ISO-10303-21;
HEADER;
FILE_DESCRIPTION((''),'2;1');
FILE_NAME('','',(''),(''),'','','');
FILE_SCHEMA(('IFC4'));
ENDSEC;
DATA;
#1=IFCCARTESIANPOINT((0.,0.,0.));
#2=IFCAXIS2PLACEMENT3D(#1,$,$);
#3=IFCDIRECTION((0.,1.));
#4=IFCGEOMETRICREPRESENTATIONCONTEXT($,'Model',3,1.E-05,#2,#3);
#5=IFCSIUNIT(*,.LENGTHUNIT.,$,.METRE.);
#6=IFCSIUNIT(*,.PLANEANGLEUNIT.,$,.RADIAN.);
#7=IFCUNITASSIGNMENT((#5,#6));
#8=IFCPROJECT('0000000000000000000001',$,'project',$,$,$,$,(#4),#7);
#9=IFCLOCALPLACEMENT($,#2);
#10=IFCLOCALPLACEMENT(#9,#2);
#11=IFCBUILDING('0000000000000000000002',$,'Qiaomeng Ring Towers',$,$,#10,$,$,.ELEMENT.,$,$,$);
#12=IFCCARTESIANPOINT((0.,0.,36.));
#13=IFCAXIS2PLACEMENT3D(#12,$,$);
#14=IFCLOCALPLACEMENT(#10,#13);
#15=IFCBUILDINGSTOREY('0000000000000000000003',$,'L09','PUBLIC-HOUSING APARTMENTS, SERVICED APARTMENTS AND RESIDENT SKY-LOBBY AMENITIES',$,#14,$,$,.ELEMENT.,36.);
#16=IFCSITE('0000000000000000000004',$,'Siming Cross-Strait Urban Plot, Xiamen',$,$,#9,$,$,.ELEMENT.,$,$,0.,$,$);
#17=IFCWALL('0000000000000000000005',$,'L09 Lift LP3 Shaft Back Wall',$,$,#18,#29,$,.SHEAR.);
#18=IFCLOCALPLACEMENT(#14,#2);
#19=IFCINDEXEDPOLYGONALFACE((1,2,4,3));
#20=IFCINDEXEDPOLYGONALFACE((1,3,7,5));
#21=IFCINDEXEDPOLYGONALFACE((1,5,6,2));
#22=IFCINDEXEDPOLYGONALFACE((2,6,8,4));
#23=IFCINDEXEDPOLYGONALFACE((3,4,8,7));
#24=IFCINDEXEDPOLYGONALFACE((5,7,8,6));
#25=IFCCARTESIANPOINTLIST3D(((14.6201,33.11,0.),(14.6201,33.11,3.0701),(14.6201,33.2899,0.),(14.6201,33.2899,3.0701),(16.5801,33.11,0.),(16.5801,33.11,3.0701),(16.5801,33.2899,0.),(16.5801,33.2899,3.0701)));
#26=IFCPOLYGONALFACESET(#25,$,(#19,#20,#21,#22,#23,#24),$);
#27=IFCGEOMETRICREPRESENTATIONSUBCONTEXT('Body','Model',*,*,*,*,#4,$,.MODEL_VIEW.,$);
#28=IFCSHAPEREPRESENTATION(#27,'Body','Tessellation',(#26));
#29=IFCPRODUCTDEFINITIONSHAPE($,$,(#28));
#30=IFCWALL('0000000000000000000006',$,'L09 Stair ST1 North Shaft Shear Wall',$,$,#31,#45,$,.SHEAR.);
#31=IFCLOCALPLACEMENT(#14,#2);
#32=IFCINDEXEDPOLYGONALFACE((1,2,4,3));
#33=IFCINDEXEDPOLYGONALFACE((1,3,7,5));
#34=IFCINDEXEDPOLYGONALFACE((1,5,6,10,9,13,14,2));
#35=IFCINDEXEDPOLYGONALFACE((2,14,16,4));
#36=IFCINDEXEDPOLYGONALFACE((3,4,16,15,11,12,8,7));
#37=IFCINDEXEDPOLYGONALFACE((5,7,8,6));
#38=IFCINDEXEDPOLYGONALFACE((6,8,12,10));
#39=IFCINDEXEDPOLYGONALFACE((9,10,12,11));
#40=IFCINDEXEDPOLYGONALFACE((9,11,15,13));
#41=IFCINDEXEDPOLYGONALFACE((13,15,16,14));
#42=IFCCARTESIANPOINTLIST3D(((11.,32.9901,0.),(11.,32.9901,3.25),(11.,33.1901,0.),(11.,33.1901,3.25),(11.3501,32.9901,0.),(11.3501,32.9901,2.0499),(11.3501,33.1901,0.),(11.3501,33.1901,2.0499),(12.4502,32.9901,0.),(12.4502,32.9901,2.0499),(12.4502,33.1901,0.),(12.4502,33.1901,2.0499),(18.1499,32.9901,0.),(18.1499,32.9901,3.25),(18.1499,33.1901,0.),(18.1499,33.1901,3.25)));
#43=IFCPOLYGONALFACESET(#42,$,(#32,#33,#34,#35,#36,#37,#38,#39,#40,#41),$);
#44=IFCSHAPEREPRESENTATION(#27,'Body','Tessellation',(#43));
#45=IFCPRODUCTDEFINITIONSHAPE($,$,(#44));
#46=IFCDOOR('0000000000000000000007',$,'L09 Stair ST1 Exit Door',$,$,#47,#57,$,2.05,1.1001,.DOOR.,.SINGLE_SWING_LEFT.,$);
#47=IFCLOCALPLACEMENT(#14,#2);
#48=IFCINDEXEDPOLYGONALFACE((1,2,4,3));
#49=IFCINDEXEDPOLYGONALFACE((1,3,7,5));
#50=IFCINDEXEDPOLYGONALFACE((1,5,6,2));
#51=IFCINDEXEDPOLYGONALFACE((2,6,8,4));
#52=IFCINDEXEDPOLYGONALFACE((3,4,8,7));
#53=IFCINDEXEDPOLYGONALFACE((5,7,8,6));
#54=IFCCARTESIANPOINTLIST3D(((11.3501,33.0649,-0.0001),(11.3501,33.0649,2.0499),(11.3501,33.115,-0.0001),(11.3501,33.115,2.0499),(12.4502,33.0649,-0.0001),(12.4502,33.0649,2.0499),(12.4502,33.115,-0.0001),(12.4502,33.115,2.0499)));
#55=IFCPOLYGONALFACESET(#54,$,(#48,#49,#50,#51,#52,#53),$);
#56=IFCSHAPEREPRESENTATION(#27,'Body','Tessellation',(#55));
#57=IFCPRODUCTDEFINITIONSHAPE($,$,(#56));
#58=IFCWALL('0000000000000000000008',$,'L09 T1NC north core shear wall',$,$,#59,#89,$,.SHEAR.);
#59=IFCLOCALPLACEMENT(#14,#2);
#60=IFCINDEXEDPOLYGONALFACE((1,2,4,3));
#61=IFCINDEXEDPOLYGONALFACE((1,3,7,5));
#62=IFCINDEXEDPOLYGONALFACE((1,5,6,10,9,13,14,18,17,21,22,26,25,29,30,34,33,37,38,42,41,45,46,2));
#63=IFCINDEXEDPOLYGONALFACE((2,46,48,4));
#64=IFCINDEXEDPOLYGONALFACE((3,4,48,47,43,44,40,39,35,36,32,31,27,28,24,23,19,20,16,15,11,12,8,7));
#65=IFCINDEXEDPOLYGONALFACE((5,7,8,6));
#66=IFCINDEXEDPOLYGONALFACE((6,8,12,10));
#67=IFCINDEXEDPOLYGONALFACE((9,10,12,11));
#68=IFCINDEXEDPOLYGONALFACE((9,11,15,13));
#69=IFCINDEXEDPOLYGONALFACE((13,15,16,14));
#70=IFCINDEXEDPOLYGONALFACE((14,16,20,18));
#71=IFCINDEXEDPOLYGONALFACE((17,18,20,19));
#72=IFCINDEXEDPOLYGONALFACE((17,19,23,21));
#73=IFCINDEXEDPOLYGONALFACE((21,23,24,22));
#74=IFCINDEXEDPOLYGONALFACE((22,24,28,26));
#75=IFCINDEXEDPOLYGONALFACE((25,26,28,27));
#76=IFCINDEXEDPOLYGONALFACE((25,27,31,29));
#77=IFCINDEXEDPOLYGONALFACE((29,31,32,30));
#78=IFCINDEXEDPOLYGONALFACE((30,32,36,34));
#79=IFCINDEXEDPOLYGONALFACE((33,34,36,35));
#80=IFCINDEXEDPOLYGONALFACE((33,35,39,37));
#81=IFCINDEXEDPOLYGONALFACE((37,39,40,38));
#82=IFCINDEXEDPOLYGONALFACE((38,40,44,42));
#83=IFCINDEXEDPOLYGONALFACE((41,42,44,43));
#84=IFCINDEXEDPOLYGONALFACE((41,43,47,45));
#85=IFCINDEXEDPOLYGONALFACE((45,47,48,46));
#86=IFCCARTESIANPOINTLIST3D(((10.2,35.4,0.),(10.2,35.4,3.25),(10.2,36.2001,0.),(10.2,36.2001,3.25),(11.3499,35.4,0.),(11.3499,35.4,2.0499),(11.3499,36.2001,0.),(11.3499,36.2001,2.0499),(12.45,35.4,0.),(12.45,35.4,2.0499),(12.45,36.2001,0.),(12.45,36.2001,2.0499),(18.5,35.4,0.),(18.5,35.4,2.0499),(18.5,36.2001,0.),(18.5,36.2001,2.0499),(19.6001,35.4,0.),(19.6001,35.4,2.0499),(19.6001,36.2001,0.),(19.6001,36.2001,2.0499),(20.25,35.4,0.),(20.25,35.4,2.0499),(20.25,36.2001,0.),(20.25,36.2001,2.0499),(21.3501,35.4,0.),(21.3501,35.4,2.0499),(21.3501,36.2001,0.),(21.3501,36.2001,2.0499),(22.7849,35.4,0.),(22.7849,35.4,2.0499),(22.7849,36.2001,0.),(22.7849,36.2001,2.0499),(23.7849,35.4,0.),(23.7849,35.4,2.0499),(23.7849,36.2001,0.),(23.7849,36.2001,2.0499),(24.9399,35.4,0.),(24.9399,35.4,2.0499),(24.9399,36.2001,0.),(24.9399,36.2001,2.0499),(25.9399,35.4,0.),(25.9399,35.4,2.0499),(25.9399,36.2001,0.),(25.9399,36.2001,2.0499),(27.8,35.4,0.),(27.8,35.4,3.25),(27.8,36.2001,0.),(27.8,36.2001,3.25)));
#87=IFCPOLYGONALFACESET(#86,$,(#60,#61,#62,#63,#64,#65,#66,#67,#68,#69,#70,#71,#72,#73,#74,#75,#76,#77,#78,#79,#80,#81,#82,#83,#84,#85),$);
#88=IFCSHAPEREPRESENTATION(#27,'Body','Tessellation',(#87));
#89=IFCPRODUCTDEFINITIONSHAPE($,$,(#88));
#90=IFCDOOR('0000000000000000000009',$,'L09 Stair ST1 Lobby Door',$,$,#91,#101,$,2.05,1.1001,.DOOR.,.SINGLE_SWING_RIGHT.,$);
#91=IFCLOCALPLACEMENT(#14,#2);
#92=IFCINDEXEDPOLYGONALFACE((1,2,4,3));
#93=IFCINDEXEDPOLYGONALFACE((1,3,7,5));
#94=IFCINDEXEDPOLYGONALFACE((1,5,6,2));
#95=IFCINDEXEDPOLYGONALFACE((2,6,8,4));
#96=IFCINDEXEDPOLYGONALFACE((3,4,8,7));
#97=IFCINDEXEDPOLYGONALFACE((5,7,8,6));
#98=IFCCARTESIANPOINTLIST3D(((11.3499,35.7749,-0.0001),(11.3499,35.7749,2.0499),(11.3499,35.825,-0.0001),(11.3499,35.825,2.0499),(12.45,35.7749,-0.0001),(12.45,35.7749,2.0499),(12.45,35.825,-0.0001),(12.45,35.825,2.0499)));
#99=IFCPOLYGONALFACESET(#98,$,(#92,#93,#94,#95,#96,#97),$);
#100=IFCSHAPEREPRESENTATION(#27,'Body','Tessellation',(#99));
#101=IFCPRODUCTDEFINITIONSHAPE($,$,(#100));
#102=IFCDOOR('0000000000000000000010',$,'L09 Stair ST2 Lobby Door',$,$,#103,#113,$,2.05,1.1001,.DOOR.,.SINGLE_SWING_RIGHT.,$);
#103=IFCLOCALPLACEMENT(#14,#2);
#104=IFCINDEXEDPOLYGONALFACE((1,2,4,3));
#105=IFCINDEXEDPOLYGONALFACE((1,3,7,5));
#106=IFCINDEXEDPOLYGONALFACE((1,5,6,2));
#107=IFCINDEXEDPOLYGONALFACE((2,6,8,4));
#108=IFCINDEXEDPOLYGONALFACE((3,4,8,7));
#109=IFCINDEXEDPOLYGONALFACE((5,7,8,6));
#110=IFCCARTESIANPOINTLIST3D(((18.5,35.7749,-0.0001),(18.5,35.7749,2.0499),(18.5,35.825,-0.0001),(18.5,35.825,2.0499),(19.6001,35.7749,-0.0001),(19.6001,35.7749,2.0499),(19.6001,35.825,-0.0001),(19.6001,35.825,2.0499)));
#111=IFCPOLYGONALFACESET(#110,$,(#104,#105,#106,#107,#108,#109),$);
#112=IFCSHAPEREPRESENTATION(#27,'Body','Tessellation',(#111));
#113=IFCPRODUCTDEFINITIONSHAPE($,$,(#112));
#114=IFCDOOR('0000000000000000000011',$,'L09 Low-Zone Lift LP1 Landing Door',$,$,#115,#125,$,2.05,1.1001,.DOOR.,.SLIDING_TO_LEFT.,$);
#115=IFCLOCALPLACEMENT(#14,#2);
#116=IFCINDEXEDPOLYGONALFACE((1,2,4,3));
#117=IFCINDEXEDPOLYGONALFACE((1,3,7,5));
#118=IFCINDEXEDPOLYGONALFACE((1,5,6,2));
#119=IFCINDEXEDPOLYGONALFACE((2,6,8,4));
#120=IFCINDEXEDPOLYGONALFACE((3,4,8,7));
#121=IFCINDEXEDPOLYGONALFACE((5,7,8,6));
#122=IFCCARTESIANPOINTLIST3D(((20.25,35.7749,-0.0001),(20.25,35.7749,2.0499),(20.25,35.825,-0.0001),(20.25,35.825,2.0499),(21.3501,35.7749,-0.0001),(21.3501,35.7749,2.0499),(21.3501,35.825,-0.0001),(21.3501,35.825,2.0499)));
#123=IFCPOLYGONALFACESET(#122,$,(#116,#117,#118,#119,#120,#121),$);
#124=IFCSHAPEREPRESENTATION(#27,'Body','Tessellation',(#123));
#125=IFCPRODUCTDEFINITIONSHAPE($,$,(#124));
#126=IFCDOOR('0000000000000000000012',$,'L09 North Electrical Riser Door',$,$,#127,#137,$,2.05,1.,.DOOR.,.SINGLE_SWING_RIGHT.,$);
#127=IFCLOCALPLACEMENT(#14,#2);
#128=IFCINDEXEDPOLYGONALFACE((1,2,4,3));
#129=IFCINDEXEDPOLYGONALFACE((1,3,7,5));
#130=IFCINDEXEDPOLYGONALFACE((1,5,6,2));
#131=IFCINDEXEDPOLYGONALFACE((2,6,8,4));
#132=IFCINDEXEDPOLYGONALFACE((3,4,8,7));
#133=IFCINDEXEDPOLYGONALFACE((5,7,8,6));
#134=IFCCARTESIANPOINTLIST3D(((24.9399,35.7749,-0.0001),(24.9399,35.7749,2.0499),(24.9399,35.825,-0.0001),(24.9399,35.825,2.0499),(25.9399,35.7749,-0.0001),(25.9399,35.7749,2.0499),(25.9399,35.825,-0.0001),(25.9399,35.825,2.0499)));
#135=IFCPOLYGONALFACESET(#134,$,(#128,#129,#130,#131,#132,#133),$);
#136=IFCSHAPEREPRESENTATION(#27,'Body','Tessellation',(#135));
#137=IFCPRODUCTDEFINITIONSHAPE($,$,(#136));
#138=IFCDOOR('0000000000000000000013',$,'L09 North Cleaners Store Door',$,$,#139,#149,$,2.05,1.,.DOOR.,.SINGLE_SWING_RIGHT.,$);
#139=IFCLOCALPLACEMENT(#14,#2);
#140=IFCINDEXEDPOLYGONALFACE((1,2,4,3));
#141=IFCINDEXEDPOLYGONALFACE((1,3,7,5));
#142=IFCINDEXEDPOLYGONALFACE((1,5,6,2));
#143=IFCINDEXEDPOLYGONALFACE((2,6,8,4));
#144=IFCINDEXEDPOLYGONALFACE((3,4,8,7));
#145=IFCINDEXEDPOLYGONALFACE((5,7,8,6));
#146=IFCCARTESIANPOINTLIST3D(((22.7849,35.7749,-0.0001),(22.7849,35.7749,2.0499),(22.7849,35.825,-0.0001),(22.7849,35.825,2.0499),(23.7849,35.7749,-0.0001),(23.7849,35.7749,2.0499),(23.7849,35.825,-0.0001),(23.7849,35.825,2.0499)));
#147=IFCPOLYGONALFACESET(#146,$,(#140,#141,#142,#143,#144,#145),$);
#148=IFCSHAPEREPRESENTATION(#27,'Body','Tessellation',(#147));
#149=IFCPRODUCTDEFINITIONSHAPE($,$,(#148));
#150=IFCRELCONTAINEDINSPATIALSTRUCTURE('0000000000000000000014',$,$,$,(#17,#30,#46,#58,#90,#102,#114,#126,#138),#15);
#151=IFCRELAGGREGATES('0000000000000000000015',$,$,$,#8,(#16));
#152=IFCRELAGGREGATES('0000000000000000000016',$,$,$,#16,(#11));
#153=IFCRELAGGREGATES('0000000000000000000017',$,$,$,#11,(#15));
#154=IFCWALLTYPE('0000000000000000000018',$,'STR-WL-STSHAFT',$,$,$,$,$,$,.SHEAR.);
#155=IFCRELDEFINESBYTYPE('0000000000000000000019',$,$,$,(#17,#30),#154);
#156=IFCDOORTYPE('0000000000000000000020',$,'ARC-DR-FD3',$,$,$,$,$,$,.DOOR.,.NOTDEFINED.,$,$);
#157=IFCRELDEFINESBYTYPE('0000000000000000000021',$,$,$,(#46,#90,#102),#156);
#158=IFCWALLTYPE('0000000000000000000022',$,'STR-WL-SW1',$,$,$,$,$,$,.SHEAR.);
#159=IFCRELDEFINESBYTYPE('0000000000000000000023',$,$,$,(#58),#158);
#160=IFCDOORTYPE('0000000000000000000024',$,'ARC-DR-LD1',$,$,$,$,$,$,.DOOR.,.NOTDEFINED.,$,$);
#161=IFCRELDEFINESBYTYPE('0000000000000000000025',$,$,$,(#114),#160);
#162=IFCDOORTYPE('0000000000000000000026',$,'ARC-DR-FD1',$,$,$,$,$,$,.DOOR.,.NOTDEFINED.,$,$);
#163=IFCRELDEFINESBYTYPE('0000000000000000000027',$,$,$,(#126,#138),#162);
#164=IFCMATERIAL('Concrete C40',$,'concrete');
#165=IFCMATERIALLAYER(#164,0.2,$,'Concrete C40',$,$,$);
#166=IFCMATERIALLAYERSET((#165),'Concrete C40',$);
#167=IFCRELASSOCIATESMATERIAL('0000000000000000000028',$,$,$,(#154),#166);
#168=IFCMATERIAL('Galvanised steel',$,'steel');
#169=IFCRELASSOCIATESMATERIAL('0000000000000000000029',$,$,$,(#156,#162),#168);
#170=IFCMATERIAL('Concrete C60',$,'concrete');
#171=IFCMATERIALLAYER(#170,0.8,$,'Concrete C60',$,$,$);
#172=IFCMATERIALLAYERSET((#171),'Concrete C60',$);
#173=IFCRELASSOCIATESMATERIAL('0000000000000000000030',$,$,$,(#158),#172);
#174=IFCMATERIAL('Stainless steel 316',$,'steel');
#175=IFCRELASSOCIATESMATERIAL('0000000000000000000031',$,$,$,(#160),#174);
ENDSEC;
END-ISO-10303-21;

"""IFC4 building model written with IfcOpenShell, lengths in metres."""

from ifc_helpers import new_model, si_unit, direction, frame, frame_2d, origin, place, context, subcontext, project, spatial, rectangle, extrude, source, transform, mapped, material, layer, layer_set, type_object, element, fill, save


model = new_model("IFC4")

# Units and contexts
model_context = context("Model", 3, precision=1e-05, world=origin(), true_north=direction((0.0, 1.0)))
body_context = subcontext(model_context, "Body", "Model", "MODEL_VIEW")
ifc_project = project(units=[si_unit("LENGTHUNIT", "METRE"), si_unit("PLANEANGLEUNIT", "RADIAN")], contexts=[model_context])

# Site, building, storey
site_placement = place(None, origin())
site = spatial("IfcSite", under=ifc_project, at=site_placement, Name="Siming Cross-Strait Urban Plot, Xiamen", CompositionType="ELEMENT", RefElevation=0.0)
building_placement = place(site_placement, origin())
building = spatial("IfcBuilding", under=site, at=building_placement, Name="Qiaomeng Ring Towers", CompositionType="ELEMENT")
storey_placement = place(building_placement, frame((0.0, 0.0, 36.0)))
storey = spatial("IfcBuildingStorey", under=building, at=storey_placement, Name="L09", Description="PUBLIC-HOUSING APARTMENTS, SERVICED APARTMENTS AND RESIDENT SKY-LOBBY AMENITIES", CompositionType="ELEMENT", Elevation=36.0)

# Shared definitions
shared_shape_1 = source(origin(), body_context, "Body", "SweptSolid", [
    extrude(rectangle(XDim=1.0, YDim=2.05, at=frame_2d((0.5, 1.0249))), frame((0.0, 0.0249, 0.0), z_axis=(0.0, -1.0, 0.0), x_axis=(1.0, 0.0, 0.0)), (0.0, 0.0, 1.0), 0.05),
])

# Wall
ifc_material_1 = material(Name="Concrete C40", Category="concrete")
ifc_layer_1 = layer(ifc_material_1, 0.2, Name="Concrete C40")
ifc_layer_set_1 = layer_set([ifc_layer_1], Name="Concrete C40")
wall_type_1 = type_object("IfcWallType", Name="STR-WL-STSHAFT", PredefinedType="SHEAR", material=ifc_layer_set_1)
wall_1_placement = place(storey_placement, frame((14.6201, 33.2, 0.0), z_axis=(0.0, 0.0, 1.0), x_axis=(1.0, 0.0, 0.0)))
element("IfcWall", 1, at=wall_1_placement, inside=storey, type_object=wall_type_1, Name="L09 Lift LP3 Shaft Back Wall", PredefinedType="SHEAR", context=body_context, shape_type="SweptSolid", body=[
    extrude(rectangle(XDim=1.96, YDim=0.1799, at=frame_2d((0.98, 0.0))), origin(), (0.0, 0.0, 1.0), 3.0701),
])

# Wall, opening, door
wall_2_placement = place(storey_placement, frame((11.0, 33.0901, 0.0), z_axis=(0.0, 0.0, 1.0), x_axis=(1.0, 0.0, 0.0)))
wall_2 = element("IfcWall", 2, at=wall_2_placement, inside=storey, type_object=wall_type_1, Name="L09 Stair ST1 North Shaft Shear Wall", PredefinedType="SHEAR", context=body_context, shape_type="SweptSolid", body=[
    extrude(rectangle(XDim=7.1499, YDim=0.2, at=frame_2d((3.575, 0.0))), origin(), (0.0, 0.0, 1.0), 3.25),
])
opening_1_placement = place(wall_2_placement, frame((0.3501, 0.0, 0.0)))
opening_1 = element("IfcOpeningElement", 3, at=opening_1_placement, cuts=wall_2, PredefinedType="OPENING", context=body_context, shape_type="SweptSolid", body=[
    extrude(rectangle(XDim=1.1001, YDim=2.05, at=frame_2d((0.55, 1.0249))), frame((0.0, 0.1099, 0.0), z_axis=(0.0, -1.0, 0.0), x_axis=(1.0, 0.0, 0.0)), (0.0, 0.0, 1.0), 0.22),
])
ifc_material_2 = material(Name="Galvanised steel", Category="steel")
door_type_1 = type_object("IfcDoorType", Name="ARC-DR-FD3", OperationType="NOTDEFINED", PredefinedType="DOOR", material=ifc_material_2)
shared_shape_2 = source(origin(), body_context, "Body", "SweptSolid", [
    extrude(rectangle(XDim=1.1001, YDim=2.05, at=frame_2d((0.55, 1.0249))), frame((0.0, 0.0249, 0.0), z_axis=(0.0, -1.0, 0.0), x_axis=(1.0, 0.0, 0.0)), (0.0, 0.0, 1.0), 0.05),
])
door_1_placement = place(opening_1_placement, origin())
door_1 = element("IfcDoor", 4, at=door_1_placement, inside=storey, type_object=door_type_1, Name="L09 Stair ST1 Exit Door", OperationType="SINGLE_SWING_LEFT", OverallHeight=2.05, OverallWidth=1.1001, PredefinedType="DOOR", context=body_context, shape_type="MappedRepresentation", body=[
    mapped(shared_shape_2, transform((0.0, 0.0, 0.0), x_axis=(1.0, 0.0, 0.0), y_axis=(0.0, 1.0, 0.0), z_axis=(0.0, 0.0, 1.0), scale=1.0)),
])
fill(opening_1, door_1)

# Wall, openings, doors
ifc_material_3 = material(Name="Concrete C60", Category="concrete")
ifc_layer_2 = layer(ifc_material_3, 0.8, Name="Concrete C60")
ifc_layer_set_2 = layer_set([ifc_layer_2], Name="Concrete C60")
wall_type_2 = type_object("IfcWallType", Name="STR-WL-SW1", PredefinedType="SHEAR", material=ifc_layer_set_2)
wall_3_placement = place(storey_placement, frame((10.2, 35.8, 0.0), z_axis=(0.0, 0.0, 1.0), x_axis=(1.0, 0.0, 0.0)))
wall_3 = element("IfcWall", 5, at=wall_3_placement, inside=storey, type_object=wall_type_2, Name="L09 T1NC north core shear wall", PredefinedType="SHEAR", context=body_context, shape_type="SweptSolid", body=[
    extrude(rectangle(XDim=17.6001, YDim=0.8, at=frame_2d((8.8, 0.0))), origin(), (0.0, 0.0, 1.0), 3.25),
])
opening_2_placement = place(wall_3_placement, frame((1.1499, 0.0, 0.0)))
opening_2 = element("IfcOpeningElement", 6, at=opening_2_placement, cuts=wall_3, PredefinedType="OPENING", context=body_context, shape_type="SweptSolid", body=[
    extrude(rectangle(XDim=1.1001, YDim=2.05, at=frame_2d((0.55, 1.0249))), frame((0.0, 0.4099, 0.0), z_axis=(0.0, -1.0, 0.0), x_axis=(1.0, 0.0, 0.0)), (0.0, 0.0, 1.0), 0.8201),
])
opening_3_placement = place(wall_3_placement, frame((8.3, 0.0, 0.0)))
opening_3 = element("IfcOpeningElement", 7, at=opening_3_placement, cuts=wall_3, PredefinedType="OPENING", context=body_context, shape_type="SweptSolid", body=[
    extrude(rectangle(XDim=1.1001, YDim=2.05, at=frame_2d((0.55, 1.0249))), frame((0.0, 0.4099, 0.0), z_axis=(0.0, -1.0, 0.0), x_axis=(1.0, 0.0, 0.0)), (0.0, 0.0, 1.0), 0.8201),
])
opening_4_placement = place(wall_3_placement, frame((10.05, 0.0, 0.0)))
opening_4 = element("IfcOpeningElement", 8, at=opening_4_placement, cuts=wall_3, PredefinedType="OPENING", context=body_context, shape_type="SweptSolid", body=[
    extrude(rectangle(XDim=1.1001, YDim=2.05, at=frame_2d((0.55, 1.0249))), frame((0.0, 0.4099, 0.0), z_axis=(0.0, -1.0, 0.0), x_axis=(1.0, 0.0, 0.0)), (0.0, 0.0, 1.0), 0.8201),
])
opening_5_placement = place(wall_3_placement, frame((14.74, 0.0, 0.0)))
opening_5 = element("IfcOpeningElement", 9, at=opening_5_placement, cuts=wall_3, PredefinedType="OPENING", context=body_context, shape_type="SweptSolid", body=[
    extrude(rectangle(XDim=1.0, YDim=2.05, at=frame_2d((0.5, 1.0249))), frame((0.0, 0.4099, 0.0), z_axis=(0.0, -1.0, 0.0), x_axis=(1.0, 0.0, 0.0)), (0.0, 0.0, 1.0), 0.8201),
])
opening_6_placement = place(wall_3_placement, frame((12.585, 0.0, 0.0)))
opening_6 = element("IfcOpeningElement", 10, at=opening_6_placement, cuts=wall_3, PredefinedType="OPENING", context=body_context, shape_type="SweptSolid", body=[
    extrude(rectangle(XDim=1.0, YDim=2.05, at=frame_2d((0.5, 1.0249))), frame((0.0, 0.4099, 0.0), z_axis=(0.0, -1.0, 0.0), x_axis=(1.0, 0.0, 0.0)), (0.0, 0.0, 1.0), 0.8201),
])
door_2_placement = place(opening_2_placement, origin())
door_2 = element("IfcDoor", 11, at=door_2_placement, inside=storey, type_object=door_type_1, Name="L09 Stair ST1 Lobby Door", OperationType="SINGLE_SWING_RIGHT", OverallHeight=2.05, OverallWidth=1.1001, PredefinedType="DOOR", context=body_context, shape_type="MappedRepresentation", body=[
    mapped(shared_shape_2, transform((0.0, 0.0, 0.0), x_axis=(1.0, 0.0, 0.0), y_axis=(0.0, 1.0, 0.0), z_axis=(0.0, 0.0, 1.0), scale=1.0)),
])
fill(opening_2, door_2)
door_3_placement = place(opening_3_placement, origin())
door_3 = element("IfcDoor", 12, at=door_3_placement, inside=storey, type_object=door_type_1, Name="L09 Stair ST2 Lobby Door", OperationType="SINGLE_SWING_RIGHT", OverallHeight=2.05, OverallWidth=1.1001, PredefinedType="DOOR", context=body_context, shape_type="MappedRepresentation", body=[
    mapped(shared_shape_2, transform((0.0, 0.0, 0.0), x_axis=(1.0, 0.0, 0.0), y_axis=(0.0, 1.0, 0.0), z_axis=(0.0, 0.0, 1.0), scale=1.0)),
])
fill(opening_3, door_3)
ifc_material_4 = material(Name="Stainless steel 316", Category="steel")
door_type_2 = type_object("IfcDoorType", Name="ARC-DR-LD1", OperationType="NOTDEFINED", PredefinedType="DOOR", material=ifc_material_4)
door_4_placement = place(opening_4_placement, origin())
door_4 = element("IfcDoor", 13, at=door_4_placement, inside=storey, type_object=door_type_2, Name="L09 Low-Zone Lift LP1 Landing Door", OperationType="SLIDING_TO_LEFT", OverallHeight=2.05, OverallWidth=1.1001, PredefinedType="DOOR", context=body_context, shape_type="MappedRepresentation", body=[
    mapped(shared_shape_2, transform((0.0, 0.0, 0.0), x_axis=(1.0, 0.0, 0.0), y_axis=(0.0, 1.0, 0.0), z_axis=(0.0, 0.0, 1.0), scale=1.0)),
])
fill(opening_4, door_4)
door_type_3 = type_object("IfcDoorType", Name="ARC-DR-FD1", OperationType="NOTDEFINED", PredefinedType="DOOR", material=ifc_material_2)
door_5_placement = place(opening_5_placement, origin())
door_5 = element("IfcDoor", 14, at=door_5_placement, inside=storey, type_object=door_type_3, Name="L09 North Electrical Riser Door", OperationType="SINGLE_SWING_RIGHT", OverallHeight=2.05, OverallWidth=1.0, PredefinedType="DOOR", context=body_context, shape_type="MappedRepresentation", body=[
    mapped(shared_shape_1, transform((0.0, 0.0, 0.0), x_axis=(1.0, 0.0, 0.0), y_axis=(0.0, 1.0, 0.0), z_axis=(0.0, 0.0, 1.0), scale=1.0)),
])
fill(opening_5, door_5)
door_6_placement = place(opening_6_placement, origin())
door_6 = element("IfcDoor", 15, at=door_6_placement, inside=storey, type_object=door_type_3, Name="L09 North Cleaners Store Door", OperationType="SINGLE_SWING_RIGHT", OverallHeight=2.05, OverallWidth=1.0, PredefinedType="DOOR", context=body_context, shape_type="MappedRepresentation", body=[
    mapped(shared_shape_1, transform((0.0, 0.0, 0.0), x_axis=(1.0, 0.0, 0.0), y_axis=(0.0, 1.0, 0.0), z_axis=(0.0, 0.0, 1.0), scale=1.0)),
])
fill(opening_6, door_6)

save(model, "model.ifc")
